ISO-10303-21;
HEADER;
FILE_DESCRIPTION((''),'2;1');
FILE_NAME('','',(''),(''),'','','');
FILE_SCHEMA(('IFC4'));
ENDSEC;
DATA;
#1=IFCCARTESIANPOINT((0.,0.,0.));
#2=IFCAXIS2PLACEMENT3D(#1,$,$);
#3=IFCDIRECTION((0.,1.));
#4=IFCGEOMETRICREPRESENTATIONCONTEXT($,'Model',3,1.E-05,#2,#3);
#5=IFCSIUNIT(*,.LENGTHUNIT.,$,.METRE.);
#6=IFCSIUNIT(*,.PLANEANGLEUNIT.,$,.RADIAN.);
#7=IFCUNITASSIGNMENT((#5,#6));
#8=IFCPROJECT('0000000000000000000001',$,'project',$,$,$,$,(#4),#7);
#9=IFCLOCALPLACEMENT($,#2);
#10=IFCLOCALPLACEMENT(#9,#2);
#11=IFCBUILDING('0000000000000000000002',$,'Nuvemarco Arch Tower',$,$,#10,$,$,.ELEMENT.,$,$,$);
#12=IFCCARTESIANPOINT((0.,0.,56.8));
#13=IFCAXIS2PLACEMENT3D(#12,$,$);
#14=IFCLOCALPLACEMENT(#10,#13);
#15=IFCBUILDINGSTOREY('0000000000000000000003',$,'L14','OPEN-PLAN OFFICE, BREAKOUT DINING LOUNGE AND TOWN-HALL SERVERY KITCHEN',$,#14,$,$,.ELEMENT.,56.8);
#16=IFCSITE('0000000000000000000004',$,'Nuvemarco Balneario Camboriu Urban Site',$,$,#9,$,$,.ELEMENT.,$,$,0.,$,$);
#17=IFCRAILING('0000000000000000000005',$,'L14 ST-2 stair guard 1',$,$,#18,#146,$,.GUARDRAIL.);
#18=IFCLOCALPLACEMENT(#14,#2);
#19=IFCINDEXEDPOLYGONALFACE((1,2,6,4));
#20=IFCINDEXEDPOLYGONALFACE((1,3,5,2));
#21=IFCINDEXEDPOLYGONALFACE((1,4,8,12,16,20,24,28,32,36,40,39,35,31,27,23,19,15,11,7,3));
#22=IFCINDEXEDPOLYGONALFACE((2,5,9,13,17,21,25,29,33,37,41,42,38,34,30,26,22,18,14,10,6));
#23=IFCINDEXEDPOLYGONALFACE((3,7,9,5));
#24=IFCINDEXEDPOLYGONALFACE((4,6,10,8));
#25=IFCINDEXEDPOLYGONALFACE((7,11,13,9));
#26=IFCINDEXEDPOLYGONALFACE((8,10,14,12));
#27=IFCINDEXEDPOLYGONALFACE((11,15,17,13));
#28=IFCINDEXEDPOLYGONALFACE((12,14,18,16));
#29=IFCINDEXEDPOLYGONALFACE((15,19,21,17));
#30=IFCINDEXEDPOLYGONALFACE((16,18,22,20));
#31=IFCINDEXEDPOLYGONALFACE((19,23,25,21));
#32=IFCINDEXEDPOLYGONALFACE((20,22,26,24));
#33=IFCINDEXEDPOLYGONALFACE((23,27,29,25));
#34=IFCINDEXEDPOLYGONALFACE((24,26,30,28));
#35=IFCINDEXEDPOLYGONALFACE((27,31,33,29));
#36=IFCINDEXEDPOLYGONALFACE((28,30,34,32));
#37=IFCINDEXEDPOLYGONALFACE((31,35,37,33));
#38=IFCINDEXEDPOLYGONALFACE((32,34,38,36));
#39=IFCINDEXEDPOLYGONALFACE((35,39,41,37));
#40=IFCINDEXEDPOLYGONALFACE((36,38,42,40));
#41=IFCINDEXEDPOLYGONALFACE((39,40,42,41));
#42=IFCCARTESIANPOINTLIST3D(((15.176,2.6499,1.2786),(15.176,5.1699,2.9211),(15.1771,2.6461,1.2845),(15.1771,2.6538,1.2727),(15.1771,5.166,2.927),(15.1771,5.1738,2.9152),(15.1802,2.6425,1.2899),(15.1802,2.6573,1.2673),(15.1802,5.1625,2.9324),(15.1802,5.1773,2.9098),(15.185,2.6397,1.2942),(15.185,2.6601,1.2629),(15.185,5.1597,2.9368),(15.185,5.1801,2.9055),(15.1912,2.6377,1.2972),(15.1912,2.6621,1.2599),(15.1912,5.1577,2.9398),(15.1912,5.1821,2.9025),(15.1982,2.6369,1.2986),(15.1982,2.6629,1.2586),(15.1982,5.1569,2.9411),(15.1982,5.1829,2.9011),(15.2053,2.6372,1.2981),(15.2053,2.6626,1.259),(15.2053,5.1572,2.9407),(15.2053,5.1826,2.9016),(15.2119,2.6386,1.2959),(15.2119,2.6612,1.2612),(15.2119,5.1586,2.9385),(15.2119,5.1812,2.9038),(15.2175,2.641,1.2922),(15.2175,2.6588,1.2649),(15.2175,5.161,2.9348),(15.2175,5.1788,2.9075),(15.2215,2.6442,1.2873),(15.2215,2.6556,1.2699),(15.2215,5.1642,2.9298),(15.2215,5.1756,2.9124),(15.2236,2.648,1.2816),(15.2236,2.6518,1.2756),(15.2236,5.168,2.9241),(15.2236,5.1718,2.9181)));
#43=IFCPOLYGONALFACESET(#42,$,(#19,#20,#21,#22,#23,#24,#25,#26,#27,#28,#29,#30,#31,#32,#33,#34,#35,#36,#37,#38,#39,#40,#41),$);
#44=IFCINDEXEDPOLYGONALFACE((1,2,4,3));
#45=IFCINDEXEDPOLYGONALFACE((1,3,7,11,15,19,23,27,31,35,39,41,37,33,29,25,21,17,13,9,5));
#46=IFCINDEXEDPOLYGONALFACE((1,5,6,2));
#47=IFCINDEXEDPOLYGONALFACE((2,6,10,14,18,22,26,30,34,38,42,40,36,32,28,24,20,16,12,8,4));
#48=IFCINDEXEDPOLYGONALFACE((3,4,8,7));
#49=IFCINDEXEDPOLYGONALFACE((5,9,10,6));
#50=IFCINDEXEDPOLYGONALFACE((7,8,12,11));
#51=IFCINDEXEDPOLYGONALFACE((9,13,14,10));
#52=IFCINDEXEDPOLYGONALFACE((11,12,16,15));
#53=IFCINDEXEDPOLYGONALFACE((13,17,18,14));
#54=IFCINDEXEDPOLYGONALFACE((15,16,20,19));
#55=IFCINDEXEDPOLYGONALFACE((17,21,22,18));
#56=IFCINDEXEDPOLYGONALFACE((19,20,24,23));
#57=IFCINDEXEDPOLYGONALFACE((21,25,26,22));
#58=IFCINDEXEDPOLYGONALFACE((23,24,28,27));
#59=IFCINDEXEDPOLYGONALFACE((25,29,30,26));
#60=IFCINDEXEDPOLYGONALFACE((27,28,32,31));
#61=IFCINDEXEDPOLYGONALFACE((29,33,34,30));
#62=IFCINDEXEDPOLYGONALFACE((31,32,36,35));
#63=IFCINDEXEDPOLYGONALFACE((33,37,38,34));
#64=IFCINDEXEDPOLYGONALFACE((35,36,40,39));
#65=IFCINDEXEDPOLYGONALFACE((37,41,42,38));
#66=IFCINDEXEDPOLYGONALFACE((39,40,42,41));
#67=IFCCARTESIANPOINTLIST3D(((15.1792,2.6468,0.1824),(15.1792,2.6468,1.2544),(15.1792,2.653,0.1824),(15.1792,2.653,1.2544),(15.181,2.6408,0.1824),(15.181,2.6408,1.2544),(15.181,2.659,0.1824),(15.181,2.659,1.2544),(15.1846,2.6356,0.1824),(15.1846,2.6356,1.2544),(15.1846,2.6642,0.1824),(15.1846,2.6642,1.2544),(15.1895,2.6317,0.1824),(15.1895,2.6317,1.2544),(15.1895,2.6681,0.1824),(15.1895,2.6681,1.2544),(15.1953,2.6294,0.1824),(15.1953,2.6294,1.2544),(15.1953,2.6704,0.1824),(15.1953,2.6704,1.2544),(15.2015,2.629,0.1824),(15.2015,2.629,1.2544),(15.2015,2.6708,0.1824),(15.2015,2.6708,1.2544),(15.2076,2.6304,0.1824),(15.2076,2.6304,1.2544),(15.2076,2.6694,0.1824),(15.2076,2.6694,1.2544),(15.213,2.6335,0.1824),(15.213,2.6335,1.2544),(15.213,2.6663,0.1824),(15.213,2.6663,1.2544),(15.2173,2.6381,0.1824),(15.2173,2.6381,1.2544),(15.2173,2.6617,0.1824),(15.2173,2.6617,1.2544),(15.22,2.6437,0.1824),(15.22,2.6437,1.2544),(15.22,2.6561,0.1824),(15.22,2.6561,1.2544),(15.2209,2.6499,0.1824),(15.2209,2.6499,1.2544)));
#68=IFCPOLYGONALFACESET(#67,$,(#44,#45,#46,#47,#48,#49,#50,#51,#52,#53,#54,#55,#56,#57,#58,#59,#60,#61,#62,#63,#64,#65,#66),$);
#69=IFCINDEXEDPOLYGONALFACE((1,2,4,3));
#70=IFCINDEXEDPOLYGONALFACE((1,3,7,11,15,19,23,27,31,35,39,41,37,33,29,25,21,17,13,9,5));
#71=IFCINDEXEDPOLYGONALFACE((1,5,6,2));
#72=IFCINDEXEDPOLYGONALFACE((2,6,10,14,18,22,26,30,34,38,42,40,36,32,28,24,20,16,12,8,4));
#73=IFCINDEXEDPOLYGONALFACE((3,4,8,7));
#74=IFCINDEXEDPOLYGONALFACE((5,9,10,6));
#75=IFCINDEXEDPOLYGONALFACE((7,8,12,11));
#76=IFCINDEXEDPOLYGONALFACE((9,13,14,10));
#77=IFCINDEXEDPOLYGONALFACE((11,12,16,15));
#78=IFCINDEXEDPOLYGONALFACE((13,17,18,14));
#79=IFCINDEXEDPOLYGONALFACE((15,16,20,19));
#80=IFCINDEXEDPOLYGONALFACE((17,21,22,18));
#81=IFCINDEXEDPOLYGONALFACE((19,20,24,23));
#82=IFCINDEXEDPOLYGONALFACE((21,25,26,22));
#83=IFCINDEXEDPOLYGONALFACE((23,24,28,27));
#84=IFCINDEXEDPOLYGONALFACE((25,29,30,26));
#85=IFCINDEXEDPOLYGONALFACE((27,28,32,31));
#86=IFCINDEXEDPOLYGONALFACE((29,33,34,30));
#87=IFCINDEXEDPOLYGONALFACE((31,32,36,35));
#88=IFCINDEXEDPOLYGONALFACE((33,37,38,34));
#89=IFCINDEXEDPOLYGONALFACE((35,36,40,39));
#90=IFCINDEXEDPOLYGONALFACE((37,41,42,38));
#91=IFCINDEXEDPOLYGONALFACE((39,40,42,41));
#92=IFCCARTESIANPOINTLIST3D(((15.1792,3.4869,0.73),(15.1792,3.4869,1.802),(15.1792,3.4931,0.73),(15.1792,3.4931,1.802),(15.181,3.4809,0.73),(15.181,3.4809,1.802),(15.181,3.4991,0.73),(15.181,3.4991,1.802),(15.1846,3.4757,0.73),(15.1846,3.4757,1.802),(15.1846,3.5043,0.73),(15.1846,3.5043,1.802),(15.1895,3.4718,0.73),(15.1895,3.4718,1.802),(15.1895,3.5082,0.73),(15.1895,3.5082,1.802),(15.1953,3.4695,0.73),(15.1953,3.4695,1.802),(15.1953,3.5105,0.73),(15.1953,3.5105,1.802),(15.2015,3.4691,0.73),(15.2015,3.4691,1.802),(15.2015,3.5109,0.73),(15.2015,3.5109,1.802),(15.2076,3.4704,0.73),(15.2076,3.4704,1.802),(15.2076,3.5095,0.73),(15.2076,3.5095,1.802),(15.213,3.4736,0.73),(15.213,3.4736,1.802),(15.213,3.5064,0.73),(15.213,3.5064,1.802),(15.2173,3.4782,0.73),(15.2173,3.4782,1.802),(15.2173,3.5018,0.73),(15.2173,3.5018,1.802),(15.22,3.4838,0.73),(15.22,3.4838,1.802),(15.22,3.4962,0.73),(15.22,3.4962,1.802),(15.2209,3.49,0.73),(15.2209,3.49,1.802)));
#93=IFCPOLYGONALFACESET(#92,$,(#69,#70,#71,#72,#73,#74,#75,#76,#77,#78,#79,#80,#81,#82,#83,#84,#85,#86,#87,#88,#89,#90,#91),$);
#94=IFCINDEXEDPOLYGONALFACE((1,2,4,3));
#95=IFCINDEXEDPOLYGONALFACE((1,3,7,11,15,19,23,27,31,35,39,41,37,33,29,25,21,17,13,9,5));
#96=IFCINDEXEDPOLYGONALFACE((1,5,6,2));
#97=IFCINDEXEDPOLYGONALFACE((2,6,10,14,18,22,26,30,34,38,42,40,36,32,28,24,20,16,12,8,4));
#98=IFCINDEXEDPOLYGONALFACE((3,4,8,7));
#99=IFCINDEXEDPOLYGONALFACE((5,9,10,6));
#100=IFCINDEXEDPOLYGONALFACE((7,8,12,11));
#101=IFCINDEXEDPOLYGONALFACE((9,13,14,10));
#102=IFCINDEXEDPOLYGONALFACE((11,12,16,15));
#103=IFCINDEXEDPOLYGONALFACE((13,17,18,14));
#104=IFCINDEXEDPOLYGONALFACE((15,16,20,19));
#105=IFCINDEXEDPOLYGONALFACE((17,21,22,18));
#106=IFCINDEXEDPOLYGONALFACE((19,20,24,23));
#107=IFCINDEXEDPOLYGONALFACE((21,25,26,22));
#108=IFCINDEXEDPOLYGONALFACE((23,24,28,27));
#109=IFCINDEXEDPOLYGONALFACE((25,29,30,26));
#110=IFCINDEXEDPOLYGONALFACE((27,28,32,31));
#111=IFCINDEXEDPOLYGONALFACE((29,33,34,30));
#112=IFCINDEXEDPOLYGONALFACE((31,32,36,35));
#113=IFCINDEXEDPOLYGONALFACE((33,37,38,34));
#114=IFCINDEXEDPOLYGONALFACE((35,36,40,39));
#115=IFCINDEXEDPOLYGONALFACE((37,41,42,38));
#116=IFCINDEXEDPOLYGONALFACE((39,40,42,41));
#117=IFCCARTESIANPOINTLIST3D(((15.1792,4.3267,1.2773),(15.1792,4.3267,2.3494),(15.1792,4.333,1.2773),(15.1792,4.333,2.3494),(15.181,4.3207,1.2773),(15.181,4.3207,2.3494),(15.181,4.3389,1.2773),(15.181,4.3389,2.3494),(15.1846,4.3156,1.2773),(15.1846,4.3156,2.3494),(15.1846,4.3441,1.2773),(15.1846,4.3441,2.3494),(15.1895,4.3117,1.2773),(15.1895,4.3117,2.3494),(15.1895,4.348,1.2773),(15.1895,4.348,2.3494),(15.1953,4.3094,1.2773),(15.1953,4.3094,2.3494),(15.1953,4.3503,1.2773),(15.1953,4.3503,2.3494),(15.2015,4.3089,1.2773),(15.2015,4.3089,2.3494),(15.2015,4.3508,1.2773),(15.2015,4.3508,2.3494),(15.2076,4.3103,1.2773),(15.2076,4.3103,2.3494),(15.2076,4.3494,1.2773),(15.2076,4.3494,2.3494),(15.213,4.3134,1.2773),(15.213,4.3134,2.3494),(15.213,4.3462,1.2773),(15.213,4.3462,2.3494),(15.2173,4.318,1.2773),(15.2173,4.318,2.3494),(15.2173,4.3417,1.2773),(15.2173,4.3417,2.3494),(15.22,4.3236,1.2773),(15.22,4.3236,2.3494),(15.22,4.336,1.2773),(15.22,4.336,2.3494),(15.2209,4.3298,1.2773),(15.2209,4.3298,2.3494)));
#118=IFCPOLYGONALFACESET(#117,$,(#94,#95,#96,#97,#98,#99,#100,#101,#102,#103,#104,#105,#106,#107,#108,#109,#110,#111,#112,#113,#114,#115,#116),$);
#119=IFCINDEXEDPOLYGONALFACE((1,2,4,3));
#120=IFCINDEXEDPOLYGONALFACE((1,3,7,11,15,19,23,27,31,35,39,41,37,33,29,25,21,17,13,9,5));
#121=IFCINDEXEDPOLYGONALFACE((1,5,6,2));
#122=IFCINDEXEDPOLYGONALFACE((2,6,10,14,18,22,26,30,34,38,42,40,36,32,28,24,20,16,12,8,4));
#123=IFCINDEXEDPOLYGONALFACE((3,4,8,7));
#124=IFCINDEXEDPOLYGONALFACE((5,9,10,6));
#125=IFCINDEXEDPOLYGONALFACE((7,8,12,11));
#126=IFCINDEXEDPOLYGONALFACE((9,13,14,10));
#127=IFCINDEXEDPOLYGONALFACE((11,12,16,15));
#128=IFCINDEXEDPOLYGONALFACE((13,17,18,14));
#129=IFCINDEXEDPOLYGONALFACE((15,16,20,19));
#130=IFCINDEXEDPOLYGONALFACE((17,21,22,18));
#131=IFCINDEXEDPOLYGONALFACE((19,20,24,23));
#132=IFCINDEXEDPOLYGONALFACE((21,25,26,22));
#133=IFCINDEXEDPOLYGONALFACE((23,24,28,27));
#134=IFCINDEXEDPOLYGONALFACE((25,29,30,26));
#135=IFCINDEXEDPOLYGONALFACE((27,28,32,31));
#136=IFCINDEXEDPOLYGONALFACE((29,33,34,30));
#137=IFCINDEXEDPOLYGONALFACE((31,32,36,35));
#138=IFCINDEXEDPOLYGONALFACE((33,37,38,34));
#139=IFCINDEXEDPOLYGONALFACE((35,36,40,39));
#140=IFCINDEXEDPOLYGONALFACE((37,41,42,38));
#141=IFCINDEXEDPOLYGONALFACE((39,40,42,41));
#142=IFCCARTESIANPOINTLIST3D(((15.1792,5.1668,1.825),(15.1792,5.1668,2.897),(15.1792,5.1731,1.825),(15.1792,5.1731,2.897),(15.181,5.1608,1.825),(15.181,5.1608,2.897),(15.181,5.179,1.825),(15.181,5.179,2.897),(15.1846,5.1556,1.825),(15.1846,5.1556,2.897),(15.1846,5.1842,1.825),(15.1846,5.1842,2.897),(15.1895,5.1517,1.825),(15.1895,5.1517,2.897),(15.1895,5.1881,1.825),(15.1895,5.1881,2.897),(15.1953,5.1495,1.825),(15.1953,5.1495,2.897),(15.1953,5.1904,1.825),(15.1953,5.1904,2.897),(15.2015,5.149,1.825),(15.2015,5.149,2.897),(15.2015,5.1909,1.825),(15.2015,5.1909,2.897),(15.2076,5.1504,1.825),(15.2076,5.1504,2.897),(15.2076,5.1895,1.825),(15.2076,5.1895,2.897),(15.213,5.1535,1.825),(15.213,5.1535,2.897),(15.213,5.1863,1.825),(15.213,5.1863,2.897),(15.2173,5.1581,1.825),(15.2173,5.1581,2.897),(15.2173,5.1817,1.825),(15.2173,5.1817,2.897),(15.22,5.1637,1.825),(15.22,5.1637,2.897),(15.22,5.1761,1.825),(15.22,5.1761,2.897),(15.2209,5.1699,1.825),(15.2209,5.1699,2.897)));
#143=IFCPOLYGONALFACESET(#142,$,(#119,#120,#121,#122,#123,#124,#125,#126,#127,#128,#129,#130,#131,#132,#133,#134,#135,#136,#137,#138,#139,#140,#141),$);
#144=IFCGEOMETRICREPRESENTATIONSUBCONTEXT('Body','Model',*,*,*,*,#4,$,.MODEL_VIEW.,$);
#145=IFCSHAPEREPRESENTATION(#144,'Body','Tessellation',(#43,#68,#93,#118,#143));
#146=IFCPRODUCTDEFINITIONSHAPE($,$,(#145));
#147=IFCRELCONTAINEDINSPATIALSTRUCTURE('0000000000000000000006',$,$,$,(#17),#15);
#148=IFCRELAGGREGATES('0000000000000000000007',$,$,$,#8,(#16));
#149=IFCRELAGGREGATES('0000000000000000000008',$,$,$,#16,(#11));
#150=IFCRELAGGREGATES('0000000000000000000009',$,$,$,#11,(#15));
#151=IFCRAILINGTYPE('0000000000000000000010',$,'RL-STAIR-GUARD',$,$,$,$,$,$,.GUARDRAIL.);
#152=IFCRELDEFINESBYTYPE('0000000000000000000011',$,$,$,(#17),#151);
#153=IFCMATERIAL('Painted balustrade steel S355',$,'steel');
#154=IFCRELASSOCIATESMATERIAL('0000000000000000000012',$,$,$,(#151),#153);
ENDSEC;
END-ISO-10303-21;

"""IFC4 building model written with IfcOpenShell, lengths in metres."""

from ifc_helpers import new_model, si_unit, direction, frame, origin, origin_2d, place, context, subcontext, project, spatial, circle, extrude, material, type_object, element, save


model = new_model("IFC4")

# Units and contexts
model_context = context("Model", 3, precision=1e-05, world=origin(), true_north=direction((0.0, 1.0)))
body_context = subcontext(model_context, "Body", "Model", "MODEL_VIEW")
ifc_project = project(units=[si_unit("LENGTHUNIT", "METRE"), si_unit("PLANEANGLEUNIT", "RADIAN")], contexts=[model_context])

# Site, building, storey
site_placement = place(None, origin())
site = spatial("IfcSite", under=ifc_project, at=site_placement, Name="Nuvemarco Balneario Camboriu Urban Site", CompositionType="ELEMENT", RefElevation=0.0)
building_placement = place(site_placement, origin())
building = spatial("IfcBuilding", under=site, at=building_placement, Name="Nuvemarco Arch Tower", CompositionType="ELEMENT")
storey_placement = place(building_placement, frame((0.0, 0.0, 56.8)))
storey = spatial("IfcBuildingStorey", under=building, at=storey_placement, Name="L14", Description="OPEN-PLAN OFFICE, BREAKOUT DINING LOUNGE AND TOWN-HALL SERVERY KITCHEN", CompositionType="ELEMENT", Elevation=56.8)

# Railing
ifc_material_1 = material(Name="Painted balustrade steel S355", Category="steel")
railing_type_1 = type_object("IfcRailingType", Name="RL-STAIR-GUARD", PredefinedType="GUARDRAIL", material=ifc_material_1)
railing_1_placement = place(storey_placement, frame((15.2, 2.6499, 0.1824)))
element("IfcRailing", 1, at=railing_1_placement, inside=storey, type_object=railing_type_1, Name="L14 ST-2 stair guard 1", PredefinedType="GUARDRAIL", context=body_context, shape_type="SweptSolid", body=[
    extrude(circle(Radius=0.0239, at=origin_2d()), frame((0.0, 0.0, 1.0962), z_axis=(0.0, 0.837749, 0.546055), x_axis=(-1.0, 0.0, 0.0)), (0.0, 0.0, 1.0), 3.0081),
    extrude(circle(Radius=0.021, at=origin_2d()), origin(), (0.0, 0.0, 1.0), 1.072),
    extrude(circle(Radius=0.021, at=origin_2d()), frame((0.0, 0.8401, 0.5476)), (0.0, 0.0, 1.0), 1.072),
    extrude(circle(Radius=0.021, at=origin_2d()), frame((0.0, 1.6799, 1.095)), (0.0, 0.0, 1.0), 1.072),
    extrude(circle(Radius=0.021, at=origin_2d()), frame((0.0, 2.52, 1.6426)), (0.0, 0.0, 1.0), 1.072),
])

save(model, "model.ifc")
